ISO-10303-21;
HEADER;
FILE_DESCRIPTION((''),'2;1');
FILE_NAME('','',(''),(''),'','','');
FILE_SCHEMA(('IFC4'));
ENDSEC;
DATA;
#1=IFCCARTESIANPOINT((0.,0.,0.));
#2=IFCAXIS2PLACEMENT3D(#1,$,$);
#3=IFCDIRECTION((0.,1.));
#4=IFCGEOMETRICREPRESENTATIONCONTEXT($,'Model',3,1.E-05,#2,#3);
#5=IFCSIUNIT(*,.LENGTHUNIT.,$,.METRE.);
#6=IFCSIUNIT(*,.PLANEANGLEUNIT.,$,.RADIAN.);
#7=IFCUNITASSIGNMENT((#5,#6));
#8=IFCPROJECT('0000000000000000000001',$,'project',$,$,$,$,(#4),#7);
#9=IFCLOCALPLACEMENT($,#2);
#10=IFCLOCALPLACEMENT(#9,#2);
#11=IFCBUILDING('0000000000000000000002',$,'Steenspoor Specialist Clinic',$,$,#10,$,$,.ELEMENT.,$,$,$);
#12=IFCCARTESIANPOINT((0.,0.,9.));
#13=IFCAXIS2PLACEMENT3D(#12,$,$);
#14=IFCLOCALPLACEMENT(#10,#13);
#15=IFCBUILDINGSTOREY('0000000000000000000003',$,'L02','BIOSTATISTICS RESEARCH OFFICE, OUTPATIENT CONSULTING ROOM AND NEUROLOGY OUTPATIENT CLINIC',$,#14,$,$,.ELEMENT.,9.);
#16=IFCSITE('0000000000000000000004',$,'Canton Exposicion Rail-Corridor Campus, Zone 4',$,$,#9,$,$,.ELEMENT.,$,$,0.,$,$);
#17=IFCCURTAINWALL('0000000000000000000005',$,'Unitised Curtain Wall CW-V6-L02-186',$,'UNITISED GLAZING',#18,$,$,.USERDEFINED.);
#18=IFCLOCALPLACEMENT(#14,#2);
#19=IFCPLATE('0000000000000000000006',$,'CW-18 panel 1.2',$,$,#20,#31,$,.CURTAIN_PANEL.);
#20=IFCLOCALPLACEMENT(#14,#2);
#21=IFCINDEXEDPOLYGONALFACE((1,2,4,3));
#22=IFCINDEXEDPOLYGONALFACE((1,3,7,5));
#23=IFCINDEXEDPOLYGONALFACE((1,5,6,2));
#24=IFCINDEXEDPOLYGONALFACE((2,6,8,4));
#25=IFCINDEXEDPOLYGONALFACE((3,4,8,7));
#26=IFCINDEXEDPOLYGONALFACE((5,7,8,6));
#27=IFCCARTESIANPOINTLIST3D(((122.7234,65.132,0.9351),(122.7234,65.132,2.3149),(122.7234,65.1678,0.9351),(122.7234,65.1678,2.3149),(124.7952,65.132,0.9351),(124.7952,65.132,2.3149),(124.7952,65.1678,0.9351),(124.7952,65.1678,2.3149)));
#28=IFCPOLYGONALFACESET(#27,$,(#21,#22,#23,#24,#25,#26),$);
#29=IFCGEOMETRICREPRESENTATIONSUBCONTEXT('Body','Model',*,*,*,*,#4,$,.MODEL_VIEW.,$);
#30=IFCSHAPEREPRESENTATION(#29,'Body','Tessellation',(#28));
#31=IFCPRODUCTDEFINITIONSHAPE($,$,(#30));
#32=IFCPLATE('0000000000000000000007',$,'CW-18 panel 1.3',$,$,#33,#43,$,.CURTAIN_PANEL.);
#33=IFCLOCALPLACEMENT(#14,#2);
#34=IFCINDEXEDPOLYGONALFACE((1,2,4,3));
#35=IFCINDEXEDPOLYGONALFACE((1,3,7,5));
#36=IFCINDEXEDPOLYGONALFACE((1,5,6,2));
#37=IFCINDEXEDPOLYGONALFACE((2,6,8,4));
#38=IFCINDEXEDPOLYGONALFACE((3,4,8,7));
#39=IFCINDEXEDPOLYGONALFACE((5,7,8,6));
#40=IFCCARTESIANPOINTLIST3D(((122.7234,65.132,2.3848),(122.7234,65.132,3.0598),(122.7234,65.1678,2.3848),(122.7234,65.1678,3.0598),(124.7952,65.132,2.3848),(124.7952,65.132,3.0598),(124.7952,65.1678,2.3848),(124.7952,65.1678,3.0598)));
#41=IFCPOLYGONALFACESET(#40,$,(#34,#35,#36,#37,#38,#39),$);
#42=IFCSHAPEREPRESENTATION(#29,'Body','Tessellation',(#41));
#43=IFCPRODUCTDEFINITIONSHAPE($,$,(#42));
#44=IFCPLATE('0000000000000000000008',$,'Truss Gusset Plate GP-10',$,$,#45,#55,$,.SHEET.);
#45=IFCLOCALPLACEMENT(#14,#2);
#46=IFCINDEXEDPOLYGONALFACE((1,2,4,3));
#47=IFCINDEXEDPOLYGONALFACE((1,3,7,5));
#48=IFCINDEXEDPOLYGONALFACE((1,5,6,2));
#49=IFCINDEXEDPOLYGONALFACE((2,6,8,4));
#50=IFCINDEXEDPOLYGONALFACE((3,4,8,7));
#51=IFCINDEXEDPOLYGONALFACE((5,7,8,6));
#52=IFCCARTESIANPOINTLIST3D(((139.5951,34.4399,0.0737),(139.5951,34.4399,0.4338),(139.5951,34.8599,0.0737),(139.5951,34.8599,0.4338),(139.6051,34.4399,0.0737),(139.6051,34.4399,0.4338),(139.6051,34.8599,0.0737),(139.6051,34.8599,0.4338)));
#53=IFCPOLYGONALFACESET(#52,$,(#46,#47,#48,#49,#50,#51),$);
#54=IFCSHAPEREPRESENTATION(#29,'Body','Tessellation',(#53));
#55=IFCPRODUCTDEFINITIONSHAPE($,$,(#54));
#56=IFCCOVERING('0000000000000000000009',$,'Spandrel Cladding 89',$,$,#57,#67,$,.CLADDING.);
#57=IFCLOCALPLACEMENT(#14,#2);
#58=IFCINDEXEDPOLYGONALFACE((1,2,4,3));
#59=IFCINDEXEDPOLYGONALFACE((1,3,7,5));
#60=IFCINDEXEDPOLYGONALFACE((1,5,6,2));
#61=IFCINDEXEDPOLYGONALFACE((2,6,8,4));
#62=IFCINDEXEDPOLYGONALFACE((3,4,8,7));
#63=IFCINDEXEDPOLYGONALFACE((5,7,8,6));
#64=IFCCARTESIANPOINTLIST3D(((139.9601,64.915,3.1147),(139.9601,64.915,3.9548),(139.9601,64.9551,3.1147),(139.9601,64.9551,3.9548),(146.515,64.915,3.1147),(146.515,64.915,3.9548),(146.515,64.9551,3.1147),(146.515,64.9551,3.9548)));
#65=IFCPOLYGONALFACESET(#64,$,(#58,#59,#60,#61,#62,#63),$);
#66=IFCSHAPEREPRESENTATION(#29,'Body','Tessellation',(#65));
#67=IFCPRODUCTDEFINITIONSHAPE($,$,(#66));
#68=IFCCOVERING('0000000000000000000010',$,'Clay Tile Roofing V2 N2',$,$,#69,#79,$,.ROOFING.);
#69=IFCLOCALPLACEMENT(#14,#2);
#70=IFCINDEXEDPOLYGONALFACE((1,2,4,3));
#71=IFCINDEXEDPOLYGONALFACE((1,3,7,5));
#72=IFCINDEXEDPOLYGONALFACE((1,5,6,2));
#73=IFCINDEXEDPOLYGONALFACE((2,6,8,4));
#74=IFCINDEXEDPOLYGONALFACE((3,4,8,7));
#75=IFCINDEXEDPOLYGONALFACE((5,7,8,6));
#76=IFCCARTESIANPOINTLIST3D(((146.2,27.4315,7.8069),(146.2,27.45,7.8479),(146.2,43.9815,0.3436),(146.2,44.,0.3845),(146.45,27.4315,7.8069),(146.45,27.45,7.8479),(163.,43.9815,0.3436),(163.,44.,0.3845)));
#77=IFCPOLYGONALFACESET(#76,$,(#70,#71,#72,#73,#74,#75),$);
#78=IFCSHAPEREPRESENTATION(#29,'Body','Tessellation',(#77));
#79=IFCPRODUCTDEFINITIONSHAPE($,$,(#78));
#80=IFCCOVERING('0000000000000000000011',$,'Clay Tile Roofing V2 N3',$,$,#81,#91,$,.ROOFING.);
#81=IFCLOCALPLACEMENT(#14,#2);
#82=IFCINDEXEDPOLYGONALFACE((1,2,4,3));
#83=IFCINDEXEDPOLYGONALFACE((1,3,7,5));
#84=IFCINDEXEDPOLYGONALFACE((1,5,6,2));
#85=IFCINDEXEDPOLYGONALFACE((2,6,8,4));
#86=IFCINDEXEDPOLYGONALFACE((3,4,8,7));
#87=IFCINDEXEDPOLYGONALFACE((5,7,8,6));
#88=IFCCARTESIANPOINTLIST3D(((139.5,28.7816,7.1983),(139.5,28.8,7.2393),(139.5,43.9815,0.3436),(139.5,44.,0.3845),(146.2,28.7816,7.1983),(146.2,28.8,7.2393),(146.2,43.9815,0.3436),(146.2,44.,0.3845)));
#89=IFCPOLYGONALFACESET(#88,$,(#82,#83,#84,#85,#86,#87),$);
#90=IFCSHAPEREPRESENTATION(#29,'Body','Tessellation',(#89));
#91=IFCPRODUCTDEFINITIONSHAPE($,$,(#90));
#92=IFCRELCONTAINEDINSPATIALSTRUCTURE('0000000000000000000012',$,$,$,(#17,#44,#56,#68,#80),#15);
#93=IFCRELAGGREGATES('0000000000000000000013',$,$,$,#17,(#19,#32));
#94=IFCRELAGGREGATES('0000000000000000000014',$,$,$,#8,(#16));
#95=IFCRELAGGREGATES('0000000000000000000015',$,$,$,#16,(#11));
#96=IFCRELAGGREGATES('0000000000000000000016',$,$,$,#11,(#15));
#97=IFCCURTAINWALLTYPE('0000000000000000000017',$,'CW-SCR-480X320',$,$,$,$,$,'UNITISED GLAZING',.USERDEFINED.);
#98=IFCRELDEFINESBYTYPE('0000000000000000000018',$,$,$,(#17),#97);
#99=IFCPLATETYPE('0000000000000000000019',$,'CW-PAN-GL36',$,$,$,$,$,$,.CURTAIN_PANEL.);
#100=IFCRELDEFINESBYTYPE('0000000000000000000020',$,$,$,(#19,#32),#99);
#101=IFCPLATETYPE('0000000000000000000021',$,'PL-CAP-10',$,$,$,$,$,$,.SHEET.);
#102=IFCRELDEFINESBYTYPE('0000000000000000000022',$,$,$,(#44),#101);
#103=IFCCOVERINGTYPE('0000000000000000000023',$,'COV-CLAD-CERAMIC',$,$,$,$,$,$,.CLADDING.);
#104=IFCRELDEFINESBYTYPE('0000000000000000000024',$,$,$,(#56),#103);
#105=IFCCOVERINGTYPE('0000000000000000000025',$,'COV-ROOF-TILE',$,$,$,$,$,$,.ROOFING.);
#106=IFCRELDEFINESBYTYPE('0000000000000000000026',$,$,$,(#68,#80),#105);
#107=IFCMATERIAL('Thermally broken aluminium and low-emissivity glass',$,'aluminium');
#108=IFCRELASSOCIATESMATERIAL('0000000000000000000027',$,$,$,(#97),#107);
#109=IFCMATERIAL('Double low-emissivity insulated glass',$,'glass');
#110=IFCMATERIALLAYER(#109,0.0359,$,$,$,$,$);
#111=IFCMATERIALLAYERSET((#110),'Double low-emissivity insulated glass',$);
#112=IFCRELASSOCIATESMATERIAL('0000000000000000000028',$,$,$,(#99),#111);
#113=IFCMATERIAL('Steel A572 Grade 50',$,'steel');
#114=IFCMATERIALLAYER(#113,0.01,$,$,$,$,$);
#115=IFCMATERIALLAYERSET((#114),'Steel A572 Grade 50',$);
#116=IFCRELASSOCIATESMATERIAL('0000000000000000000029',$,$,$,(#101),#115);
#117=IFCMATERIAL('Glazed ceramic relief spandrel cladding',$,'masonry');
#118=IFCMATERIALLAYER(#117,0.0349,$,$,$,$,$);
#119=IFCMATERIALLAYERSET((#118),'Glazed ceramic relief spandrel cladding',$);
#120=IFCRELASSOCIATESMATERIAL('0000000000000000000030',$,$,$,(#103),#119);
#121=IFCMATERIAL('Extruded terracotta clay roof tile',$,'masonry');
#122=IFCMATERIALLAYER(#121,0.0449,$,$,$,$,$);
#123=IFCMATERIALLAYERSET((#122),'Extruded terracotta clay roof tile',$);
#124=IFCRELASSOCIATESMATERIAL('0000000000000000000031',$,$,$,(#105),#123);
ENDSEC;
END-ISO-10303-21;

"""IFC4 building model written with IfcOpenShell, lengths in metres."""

from ifc_helpers import new_model, si_unit, direction, frame, origin, origin_2d, place, context, subcontext, project, spatial, polyline, rectangle, outline, extrude, material, layer, layer_set, type_object, element, aggregate, save


model = new_model("IFC4")

# Units and contexts
model_context = context("Model", 3, precision=1e-05, world=origin(), true_north=direction((0.0, 1.0)))
body_context = subcontext(model_context, "Body", "Model", "MODEL_VIEW")
ifc_project = project(units=[si_unit("LENGTHUNIT", "METRE"), si_unit("PLANEANGLEUNIT", "RADIAN")], contexts=[model_context])

# Site, building, storey
site_placement = place(None, origin())
site = spatial("IfcSite", under=ifc_project, at=site_placement, Name="Canton Exposicion Rail-Corridor Campus, Zone 4", CompositionType="ELEMENT", RefElevation=0.0)
building_placement = place(site_placement, origin())
building = spatial("IfcBuilding", under=site, at=building_placement, Name="Steenspoor Specialist Clinic", CompositionType="ELEMENT")
storey_placement = place(building_placement, frame((0.0, 0.0, 9.0)))
storey = spatial("IfcBuildingStorey", under=building, at=storey_placement, Name="L02", Description="BIOSTATISTICS RESEARCH OFFICE, OUTPATIENT CONSULTING ROOM AND NEUROLOGY OUTPATIENT CLINIC", CompositionType="ELEMENT", Elevation=9.0)

# Curtain wall
ifc_material_1 = material(Name="Thermally broken aluminium and low-emissivity glass", Category="aluminium")
curtain_wall_type = type_object("IfcCurtainWallType", Name="CW-SCR-480X320", ElementType="UNITISED GLAZING", PredefinedType="USERDEFINED", material=ifc_material_1)
curtain_wall_placement = place(storey_placement, origin())
curtain_wall = element("IfcCurtainWall", 1, at=curtain_wall_placement, inside=storey, type_object=curtain_wall_type, Name="Unitised Curtain Wall CW-V6-L02-186", ObjectType="UNITISED GLAZING", PredefinedType="USERDEFINED")

# Plates
ifc_material_2 = material(Name="Double low-emissivity insulated glass", Category="glass")
ifc_layer_1 = layer(ifc_material_2, 0.0359)
ifc_layer_set_1 = layer_set([ifc_layer_1], Name="Double low-emissivity insulated glass")
plate_type_1 = type_object("IfcPlateType", Name="CW-PAN-GL36", PredefinedType="CURTAIN_PANEL", material=ifc_layer_set_1)
plate_1_placement = place(storey_placement, frame((123.7593, 65.1499, 0.9351), z_axis=(0.0, 0.0, 1.0), x_axis=(-1.0, 0.0, 0.0)))
plate_1 = element("IfcPlate", 2, at=plate_1_placement, type_object=plate_type_1, Name="CW-18 panel 1.2", PredefinedType="CURTAIN_PANEL", context=body_context, shape_type="SweptSolid", body=[
    extrude(rectangle(XDim=2.0718, YDim=0.0359, at=origin_2d()), origin(), (0.0, 0.0, 1.0), 1.3799),
])
plate_2_placement = place(storey_placement, frame((123.7593, 65.1499, 2.3848), z_axis=(0.0, 0.0, 1.0), x_axis=(-1.0, 0.0, 0.0)))
plate_2 = element("IfcPlate", 3, at=plate_2_placement, type_object=plate_type_1, Name="CW-18 panel 1.3", PredefinedType="CURTAIN_PANEL", context=body_context, shape_type="SweptSolid", body=[
    extrude(rectangle(XDim=2.0718, YDim=0.0359, at=origin_2d()), origin(), (0.0, 0.0, 1.0), 0.675),
])
aggregate(curtain_wall, [plate_1, plate_2])
ifc_material_3 = material(Name="Steel A572 Grade 50", Category="steel")
ifc_layer_2 = layer(ifc_material_3, 0.01)
ifc_layer_set_2 = layer_set([ifc_layer_2], Name="Steel A572 Grade 50")
plate_type_2 = type_object("IfcPlateType", Name="PL-CAP-10", PredefinedType="SHEET", material=ifc_layer_set_2)
plate_3_placement = place(storey_placement, frame((139.6001, 34.6499, 0.0737), z_axis=(0.0, 0.0, 1.0), x_axis=(1.0, 0.0, 0.0)))
element("IfcPlate", 4, at=plate_3_placement, inside=storey, type_object=plate_type_2, Name="Truss Gusset Plate GP-10", PredefinedType="SHEET", context=body_context, shape_type="SweptSolid", body=[
    extrude(rectangle(XDim=0.01, YDim=0.4199, at=origin_2d()), origin(), (0.0, 0.0, 1.0), 0.3601),
])

# Coverings
ifc_material_4 = material(Name="Glazed ceramic relief spandrel cladding", Category="masonry")
ifc_layer_3 = layer(ifc_material_4, 0.0349)
ifc_layer_set_3 = layer_set([ifc_layer_3], Name="Glazed ceramic relief spandrel cladding")
covering_type_1 = type_object("IfcCoveringType", Name="COV-CLAD-CERAMIC", PredefinedType="CLADDING", material=ifc_layer_set_3)
covering_1_placement = place(storey_placement, frame((143.2375, 64.9351, 3.1147), z_axis=(0.0, 0.0, 1.0), x_axis=(-1.0, 0.0, 0.0)))
element("IfcCovering", 5, at=covering_1_placement, inside=storey, type_object=covering_type_1, Name="Spandrel Cladding 89", PredefinedType="CLADDING", context=body_context, shape_type="SweptSolid", body=[
    extrude(rectangle(XDim=6.5549, YDim=0.04, at=origin_2d()), origin(), (0.0, 0.0, 1.0), 0.8401),
])
ifc_material_5 = material(Name="Extruded terracotta clay roof tile", Category="masonry")
ifc_layer_4 = layer(ifc_material_5, 0.0449)
ifc_layer_set_4 = layer_set([ifc_layer_4], Name="Extruded terracotta clay roof tile")
covering_type_2 = type_object("IfcCoveringType", Name="COV-ROOF-TILE", PredefinedType="ROOFING", material=ifc_layer_set_4)
covering_2_placement = place(storey_placement, frame((146.2, 44.0, 0.3845), z_axis=(0.0, 0.411091, 0.911594), x_axis=(0.0, -0.911594, 0.411091)))
element("IfcCovering", 6, at=covering_2_placement, inside=storey, type_object=covering_type_2, Name="Clay Tile Roofing V2 N2", PredefinedType="ROOFING", context=body_context, shape_type="SweptSolid", body=[
    extrude(outline(polyline([(0.0, 0.0), (18.1551, 0.0), (18.1551, 0.25), (0.0, 16.8), (0.0, 0.0)])), origin(), (0.0, 0.0, -1.0), 0.0449),
])
covering_3_placement = place(storey_placement, frame((139.5, 44.0, 0.3845), z_axis=(0.0, 0.411101, 0.91159), x_axis=(0.0, -0.91159, 0.411101)))
element("IfcCovering", 7, at=covering_3_placement, inside=storey, type_object=covering_type_2, Name="Clay Tile Roofing V2 N3", PredefinedType="ROOFING", context=body_context, shape_type="SweptSolid", body=[
    extrude(outline(polyline([(0.0, 0.0), (16.6741, 0.0), (16.6741, 6.7), (0.0, 6.7), (0.0, 0.0)])), origin(), (0.0, 0.0, -1.0), 0.0449),
])

save(model, "model.ifc")
